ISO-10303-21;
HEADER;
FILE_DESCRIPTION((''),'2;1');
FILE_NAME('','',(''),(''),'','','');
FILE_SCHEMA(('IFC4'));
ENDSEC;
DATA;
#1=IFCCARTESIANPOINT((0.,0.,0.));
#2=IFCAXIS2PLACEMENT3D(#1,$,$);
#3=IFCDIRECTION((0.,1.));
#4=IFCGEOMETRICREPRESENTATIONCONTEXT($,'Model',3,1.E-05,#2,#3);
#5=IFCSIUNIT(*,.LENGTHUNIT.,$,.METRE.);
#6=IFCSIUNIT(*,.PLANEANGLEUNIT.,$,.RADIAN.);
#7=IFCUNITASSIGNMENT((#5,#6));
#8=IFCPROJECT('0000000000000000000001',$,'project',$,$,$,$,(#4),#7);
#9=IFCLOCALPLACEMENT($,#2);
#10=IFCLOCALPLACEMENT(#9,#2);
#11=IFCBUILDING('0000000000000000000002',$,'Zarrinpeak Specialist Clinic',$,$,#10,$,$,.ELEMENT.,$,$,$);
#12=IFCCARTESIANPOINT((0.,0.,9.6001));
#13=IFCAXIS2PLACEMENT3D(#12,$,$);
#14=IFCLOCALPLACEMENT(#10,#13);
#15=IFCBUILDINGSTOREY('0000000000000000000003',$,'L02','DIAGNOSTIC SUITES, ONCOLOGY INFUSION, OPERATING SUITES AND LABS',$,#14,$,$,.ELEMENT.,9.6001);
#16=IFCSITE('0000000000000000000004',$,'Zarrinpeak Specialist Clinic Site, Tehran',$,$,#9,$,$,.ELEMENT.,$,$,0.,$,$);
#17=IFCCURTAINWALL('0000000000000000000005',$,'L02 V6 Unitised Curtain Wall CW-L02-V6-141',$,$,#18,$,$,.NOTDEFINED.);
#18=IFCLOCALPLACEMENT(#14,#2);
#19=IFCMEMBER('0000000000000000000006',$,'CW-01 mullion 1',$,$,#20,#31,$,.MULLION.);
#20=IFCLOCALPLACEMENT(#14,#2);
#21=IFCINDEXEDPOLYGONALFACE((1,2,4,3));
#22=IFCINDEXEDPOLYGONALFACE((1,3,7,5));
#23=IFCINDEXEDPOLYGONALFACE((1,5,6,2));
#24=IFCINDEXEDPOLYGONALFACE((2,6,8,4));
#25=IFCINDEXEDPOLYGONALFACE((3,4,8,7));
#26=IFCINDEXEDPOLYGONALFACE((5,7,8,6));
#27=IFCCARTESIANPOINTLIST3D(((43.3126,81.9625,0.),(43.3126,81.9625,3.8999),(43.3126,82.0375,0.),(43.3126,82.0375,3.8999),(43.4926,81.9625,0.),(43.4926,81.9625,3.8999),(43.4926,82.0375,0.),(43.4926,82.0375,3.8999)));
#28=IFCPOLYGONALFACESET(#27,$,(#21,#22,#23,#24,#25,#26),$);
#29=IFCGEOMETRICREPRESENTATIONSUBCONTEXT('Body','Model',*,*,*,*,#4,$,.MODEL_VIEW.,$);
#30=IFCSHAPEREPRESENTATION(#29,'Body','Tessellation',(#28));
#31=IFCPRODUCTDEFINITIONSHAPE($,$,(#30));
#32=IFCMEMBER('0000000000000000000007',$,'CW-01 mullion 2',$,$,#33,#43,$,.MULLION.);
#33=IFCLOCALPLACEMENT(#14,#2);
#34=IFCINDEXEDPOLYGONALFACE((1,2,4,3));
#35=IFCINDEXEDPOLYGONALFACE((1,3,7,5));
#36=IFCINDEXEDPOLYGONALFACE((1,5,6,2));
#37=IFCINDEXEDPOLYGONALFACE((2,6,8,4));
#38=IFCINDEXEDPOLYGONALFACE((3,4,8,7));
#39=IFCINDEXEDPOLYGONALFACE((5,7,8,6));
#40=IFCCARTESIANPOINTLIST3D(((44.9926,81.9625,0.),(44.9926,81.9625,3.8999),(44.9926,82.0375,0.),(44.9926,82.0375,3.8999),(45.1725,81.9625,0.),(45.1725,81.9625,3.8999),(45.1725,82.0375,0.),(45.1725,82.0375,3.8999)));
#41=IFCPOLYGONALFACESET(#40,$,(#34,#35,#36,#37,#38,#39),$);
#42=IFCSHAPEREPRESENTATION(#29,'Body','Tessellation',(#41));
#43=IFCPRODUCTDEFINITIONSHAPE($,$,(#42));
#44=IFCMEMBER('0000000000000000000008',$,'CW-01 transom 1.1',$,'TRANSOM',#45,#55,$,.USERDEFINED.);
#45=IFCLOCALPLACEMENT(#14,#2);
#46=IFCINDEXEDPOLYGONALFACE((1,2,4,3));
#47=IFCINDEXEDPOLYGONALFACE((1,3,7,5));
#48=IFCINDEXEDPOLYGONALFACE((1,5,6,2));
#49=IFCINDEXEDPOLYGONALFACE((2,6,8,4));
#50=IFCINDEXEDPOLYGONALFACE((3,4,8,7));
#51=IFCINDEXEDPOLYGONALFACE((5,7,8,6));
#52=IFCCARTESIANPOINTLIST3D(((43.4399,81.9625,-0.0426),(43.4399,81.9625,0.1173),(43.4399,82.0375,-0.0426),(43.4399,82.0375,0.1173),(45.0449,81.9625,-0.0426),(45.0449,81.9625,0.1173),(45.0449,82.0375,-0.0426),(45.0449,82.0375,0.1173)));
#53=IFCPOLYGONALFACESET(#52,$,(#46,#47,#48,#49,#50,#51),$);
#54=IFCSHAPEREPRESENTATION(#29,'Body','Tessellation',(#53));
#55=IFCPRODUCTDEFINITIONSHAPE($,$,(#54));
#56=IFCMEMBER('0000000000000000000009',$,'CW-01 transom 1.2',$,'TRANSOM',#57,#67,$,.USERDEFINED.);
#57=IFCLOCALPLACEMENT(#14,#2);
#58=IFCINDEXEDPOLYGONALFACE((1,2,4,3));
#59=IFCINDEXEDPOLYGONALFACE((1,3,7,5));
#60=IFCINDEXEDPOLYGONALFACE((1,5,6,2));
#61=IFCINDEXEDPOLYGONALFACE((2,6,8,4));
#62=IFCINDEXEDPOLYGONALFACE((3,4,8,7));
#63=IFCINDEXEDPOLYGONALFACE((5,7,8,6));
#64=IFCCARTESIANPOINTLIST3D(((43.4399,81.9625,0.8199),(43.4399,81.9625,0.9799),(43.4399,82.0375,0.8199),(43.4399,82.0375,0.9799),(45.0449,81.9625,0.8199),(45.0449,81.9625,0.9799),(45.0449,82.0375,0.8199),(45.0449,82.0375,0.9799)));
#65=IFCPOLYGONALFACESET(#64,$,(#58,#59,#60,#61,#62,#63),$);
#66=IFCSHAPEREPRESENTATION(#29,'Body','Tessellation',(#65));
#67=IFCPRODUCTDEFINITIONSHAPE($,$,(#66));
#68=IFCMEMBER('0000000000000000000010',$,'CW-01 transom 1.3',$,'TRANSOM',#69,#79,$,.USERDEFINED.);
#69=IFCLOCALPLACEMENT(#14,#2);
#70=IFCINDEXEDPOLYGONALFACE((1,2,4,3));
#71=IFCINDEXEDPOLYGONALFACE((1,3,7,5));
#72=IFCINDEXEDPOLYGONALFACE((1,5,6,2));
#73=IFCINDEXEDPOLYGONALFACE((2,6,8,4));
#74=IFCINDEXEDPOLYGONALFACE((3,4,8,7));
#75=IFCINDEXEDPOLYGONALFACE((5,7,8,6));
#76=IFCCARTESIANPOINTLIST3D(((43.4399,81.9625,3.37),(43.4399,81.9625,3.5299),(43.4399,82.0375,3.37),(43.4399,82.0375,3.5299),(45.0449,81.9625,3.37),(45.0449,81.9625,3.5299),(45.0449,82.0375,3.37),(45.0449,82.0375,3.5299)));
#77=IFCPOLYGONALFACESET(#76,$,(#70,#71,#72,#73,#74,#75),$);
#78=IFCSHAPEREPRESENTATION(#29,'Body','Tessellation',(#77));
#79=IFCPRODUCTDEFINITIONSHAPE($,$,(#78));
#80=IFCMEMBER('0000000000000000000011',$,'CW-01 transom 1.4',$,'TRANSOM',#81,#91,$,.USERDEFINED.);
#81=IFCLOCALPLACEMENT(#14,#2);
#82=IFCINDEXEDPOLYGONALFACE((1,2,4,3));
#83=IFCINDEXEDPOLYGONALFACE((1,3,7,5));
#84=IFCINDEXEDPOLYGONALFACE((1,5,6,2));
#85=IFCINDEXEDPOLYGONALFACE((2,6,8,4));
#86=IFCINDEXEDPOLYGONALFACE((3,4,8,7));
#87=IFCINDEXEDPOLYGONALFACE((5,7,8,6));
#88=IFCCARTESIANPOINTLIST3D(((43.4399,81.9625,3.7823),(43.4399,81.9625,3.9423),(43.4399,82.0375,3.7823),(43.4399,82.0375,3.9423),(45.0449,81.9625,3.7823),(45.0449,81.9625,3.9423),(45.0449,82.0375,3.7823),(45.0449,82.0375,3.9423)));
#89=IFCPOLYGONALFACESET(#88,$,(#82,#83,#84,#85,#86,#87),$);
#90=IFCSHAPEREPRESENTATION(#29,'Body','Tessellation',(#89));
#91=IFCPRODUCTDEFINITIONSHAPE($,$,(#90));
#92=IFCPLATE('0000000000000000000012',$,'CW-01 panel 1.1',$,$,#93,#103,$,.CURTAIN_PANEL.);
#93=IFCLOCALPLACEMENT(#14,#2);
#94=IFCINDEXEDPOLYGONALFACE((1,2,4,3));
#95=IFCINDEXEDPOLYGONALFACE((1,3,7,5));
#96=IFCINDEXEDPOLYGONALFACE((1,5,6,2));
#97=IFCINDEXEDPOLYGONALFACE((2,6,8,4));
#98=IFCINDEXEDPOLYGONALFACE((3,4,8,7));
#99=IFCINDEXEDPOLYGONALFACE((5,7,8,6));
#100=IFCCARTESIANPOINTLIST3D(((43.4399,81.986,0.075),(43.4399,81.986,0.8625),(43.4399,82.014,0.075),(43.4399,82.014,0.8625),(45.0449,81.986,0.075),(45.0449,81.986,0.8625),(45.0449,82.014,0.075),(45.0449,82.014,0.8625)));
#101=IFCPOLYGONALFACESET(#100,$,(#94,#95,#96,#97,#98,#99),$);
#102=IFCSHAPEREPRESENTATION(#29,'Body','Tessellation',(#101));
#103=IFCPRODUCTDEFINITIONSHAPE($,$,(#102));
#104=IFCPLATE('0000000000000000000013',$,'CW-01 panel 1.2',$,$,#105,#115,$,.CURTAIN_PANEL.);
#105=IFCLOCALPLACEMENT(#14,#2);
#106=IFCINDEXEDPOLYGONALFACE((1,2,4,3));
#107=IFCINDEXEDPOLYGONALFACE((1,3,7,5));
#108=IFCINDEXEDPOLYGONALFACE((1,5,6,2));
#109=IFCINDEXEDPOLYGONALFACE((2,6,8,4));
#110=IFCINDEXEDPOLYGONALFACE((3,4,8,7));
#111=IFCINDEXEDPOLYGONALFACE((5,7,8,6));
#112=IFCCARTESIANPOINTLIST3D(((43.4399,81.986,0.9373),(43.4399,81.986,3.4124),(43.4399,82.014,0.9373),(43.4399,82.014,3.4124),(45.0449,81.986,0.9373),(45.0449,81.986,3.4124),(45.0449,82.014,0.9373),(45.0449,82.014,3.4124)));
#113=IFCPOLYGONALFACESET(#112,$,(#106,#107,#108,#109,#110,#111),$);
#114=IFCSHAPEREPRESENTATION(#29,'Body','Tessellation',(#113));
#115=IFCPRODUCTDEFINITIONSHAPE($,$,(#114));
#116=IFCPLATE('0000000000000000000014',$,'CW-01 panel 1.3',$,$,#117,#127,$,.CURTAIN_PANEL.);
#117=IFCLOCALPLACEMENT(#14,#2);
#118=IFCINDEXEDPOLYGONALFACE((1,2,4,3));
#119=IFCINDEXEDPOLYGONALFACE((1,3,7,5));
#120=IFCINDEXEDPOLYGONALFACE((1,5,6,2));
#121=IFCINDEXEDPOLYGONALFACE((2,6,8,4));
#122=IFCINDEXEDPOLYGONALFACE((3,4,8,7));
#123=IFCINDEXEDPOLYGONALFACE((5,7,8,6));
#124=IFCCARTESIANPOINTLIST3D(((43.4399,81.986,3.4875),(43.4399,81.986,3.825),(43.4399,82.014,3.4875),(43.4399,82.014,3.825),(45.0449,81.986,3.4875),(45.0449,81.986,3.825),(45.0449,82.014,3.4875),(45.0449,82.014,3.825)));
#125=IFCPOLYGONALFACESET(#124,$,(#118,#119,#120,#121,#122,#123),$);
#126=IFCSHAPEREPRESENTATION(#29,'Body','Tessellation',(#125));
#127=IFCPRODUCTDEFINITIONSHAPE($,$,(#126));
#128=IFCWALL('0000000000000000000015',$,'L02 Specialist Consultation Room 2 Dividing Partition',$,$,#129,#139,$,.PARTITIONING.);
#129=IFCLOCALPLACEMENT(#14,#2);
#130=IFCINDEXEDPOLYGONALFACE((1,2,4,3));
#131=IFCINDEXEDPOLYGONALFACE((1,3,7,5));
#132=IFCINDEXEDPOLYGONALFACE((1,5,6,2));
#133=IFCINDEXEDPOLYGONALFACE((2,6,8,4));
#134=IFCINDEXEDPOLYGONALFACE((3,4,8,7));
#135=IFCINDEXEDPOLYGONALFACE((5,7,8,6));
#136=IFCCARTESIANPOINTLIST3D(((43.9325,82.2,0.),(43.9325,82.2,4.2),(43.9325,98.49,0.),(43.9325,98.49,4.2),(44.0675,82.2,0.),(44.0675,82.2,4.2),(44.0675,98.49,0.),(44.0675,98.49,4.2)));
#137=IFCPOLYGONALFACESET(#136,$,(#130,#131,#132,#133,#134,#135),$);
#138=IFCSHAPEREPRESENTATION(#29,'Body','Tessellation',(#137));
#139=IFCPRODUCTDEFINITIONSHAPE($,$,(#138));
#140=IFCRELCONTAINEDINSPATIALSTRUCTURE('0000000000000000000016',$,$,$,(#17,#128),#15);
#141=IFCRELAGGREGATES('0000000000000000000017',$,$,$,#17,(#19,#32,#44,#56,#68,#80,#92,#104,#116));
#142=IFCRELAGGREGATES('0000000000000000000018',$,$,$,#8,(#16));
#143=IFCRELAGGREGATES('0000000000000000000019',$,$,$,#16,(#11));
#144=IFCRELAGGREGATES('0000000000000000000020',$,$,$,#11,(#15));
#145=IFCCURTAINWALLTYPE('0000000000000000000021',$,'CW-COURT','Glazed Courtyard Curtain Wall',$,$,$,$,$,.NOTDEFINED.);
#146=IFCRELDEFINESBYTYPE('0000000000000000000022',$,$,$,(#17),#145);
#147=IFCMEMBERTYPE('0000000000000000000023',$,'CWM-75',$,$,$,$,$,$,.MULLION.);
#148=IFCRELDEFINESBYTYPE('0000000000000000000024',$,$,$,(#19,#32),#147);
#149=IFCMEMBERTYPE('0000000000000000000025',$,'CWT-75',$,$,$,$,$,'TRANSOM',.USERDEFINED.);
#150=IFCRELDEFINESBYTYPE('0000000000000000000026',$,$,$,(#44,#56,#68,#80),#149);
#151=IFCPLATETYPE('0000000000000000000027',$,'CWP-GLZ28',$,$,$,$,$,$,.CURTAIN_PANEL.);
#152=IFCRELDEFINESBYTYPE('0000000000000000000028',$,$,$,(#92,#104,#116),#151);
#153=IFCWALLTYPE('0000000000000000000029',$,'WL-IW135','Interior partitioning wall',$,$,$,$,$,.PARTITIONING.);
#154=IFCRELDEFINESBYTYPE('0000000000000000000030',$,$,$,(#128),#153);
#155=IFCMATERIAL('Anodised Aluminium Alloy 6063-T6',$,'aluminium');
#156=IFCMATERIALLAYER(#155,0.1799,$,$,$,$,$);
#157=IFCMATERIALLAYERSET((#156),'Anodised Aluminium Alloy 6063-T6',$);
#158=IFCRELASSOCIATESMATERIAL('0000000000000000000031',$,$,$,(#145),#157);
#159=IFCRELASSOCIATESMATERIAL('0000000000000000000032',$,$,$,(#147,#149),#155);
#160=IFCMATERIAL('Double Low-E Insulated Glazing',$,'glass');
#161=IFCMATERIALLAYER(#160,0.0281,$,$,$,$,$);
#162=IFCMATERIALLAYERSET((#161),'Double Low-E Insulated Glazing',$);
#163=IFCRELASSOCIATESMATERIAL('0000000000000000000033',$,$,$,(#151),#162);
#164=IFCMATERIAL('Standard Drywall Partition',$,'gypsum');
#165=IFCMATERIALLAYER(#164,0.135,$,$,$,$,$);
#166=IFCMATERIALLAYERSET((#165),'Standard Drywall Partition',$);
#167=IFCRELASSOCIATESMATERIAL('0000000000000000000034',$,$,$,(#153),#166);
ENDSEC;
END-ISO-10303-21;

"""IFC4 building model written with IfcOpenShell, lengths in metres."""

from ifc_helpers import new_model, si_unit, direction, frame, frame_2d, origin, origin_2d, place, context, subcontext, project, spatial, rectangle, extrude, material, layer, layer_set, material_profile, profile_set, type_object, element, aggregate, save


model = new_model("IFC4")

# Units and contexts
model_context = context("Model", 3, precision=1e-05, world=origin(), true_north=direction((0.0, 1.0)))
body_context = subcontext(model_context, "Body", "Model", "MODEL_VIEW")
ifc_project = project(units=[si_unit("LENGTHUNIT", "METRE"), si_unit("PLANEANGLEUNIT", "RADIAN")], contexts=[model_context])

# Site, building, storey
site_placement = place(None, origin())
site = spatial("IfcSite", under=ifc_project, at=site_placement, Name="Zarrinpeak Specialist Clinic Site, Tehran", CompositionType="ELEMENT", RefElevation=0.0)
building_placement = place(site_placement, origin())
building = spatial("IfcBuilding", under=site, at=building_placement, Name="Zarrinpeak Specialist Clinic", CompositionType="ELEMENT")
storey_placement = place(building_placement, frame((0.0, 0.0, 9.6001)))
storey = spatial("IfcBuildingStorey", under=building, at=storey_placement, Name="L02", Description="DIAGNOSTIC SUITES, ONCOLOGY INFUSION, OPERATING SUITES AND LABS", CompositionType="ELEMENT", Elevation=9.6001)

# Curtain wall, members, plates
ifc_material_1 = material(Name="Anodised Aluminium Alloy 6063-T6", Category="aluminium")
ifc_layer_1 = layer(ifc_material_1, 0.1799)
ifc_layer_set_1 = layer_set([ifc_layer_1], Name="Anodised Aluminium Alloy 6063-T6")
curtain_wall_type = type_object("IfcCurtainWallType", Name="CW-COURT", Description="Glazed Courtyard Curtain Wall", PredefinedType="NOTDEFINED", material=ifc_layer_set_1)
curtain_wall_placement = place(storey_placement, origin())
curtain_wall = element("IfcCurtainWall", 1, at=curtain_wall_placement, inside=storey, type_object=curtain_wall_type, Name="L02 V6 Unitised Curtain Wall CW-L02-V6-141", PredefinedType="NOTDEFINED")
ifc_material_profile_1 = material_profile(ifc_material_1, rectangle(XDim=0.075, YDim=0.1799, at=origin_2d()), Name="ALU 75x180")
ifc_profile_set_1 = profile_set([ifc_material_profile_1], Name="Anodised Aluminium Alloy 6063-T6")
member_type_1 = type_object("IfcMemberType", Name="CWM-75", PredefinedType="MULLION", material=ifc_profile_set_1)
member_1_placement = place(storey_placement, frame((43.4026, 82.0, 0.0), z_axis=(0.0, 0.0, 1.0), x_axis=(0.0, 1.0, 0.0)))
member_1 = element("IfcMember", 2, at=member_1_placement, type_object=member_type_1, Name="CW-01 mullion 1", PredefinedType="MULLION", context=body_context, shape_type="SweptSolid", body=[
    extrude(rectangle(XDim=0.075, YDim=0.1799, at=origin_2d()), origin(), (0.0, 0.0, 1.0), 3.8999),
])
member_2_placement = place(storey_placement, frame((45.0825, 82.0, 0.0), z_axis=(0.0, 0.0, 1.0), x_axis=(0.0, 1.0, 0.0)))
member_2 = element("IfcMember", 3, at=member_2_placement, type_object=member_type_1, Name="CW-01 mullion 2", PredefinedType="MULLION", context=body_context, shape_type="SweptSolid", body=[
    extrude(rectangle(XDim=0.075, YDim=0.1799, at=origin_2d()), origin(), (0.0, 0.0, 1.0), 3.8999),
])
ifc_material_profile_2 = material_profile(ifc_material_1, rectangle(XDim=0.075, YDim=0.1599, at=origin_2d()), Name="ALU 75x160")
ifc_profile_set_2 = profile_set([ifc_material_profile_2], Name="Anodised Aluminium Alloy 6063-T6")
member_type_2 = type_object("IfcMemberType", Name="CWT-75", ElementType="TRANSOM", PredefinedType="USERDEFINED", material=ifc_profile_set_2)
member_3_placement = place(storey_placement, frame((43.4399, 82.0, 0.0374), z_axis=(1.0, 0.0, 0.0), x_axis=(0.0, 1.0, 0.0)))
member_3 = element("IfcMember", 4, at=member_3_placement, type_object=member_type_2, Name="CW-01 transom 1.1", ObjectType="TRANSOM", PredefinedType="USERDEFINED", context=body_context, shape_type="SweptSolid", body=[
    extrude(rectangle(XDim=0.075, YDim=0.1599, at=origin_2d()), origin(), (0.0, 0.0, 1.0), 1.605),
])
member_4_placement = place(storey_placement, frame((43.4399, 82.0, 0.8999), z_axis=(1.0, 0.0, 0.0), x_axis=(0.0, 1.0, 0.0)))
member_4 = element("IfcMember", 5, at=member_4_placement, type_object=member_type_2, Name="CW-01 transom 1.2", ObjectType="TRANSOM", PredefinedType="USERDEFINED", context=body_context, shape_type="SweptSolid", body=[
    extrude(rectangle(XDim=0.075, YDim=0.1599, at=origin_2d()), origin(), (0.0, 0.0, 1.0), 1.605),
])
member_5_placement = place(storey_placement, frame((43.4399, 82.0, 3.45), z_axis=(1.0, 0.0, 0.0), x_axis=(0.0, 1.0, 0.0)))
member_5 = element("IfcMember", 6, at=member_5_placement, type_object=member_type_2, Name="CW-01 transom 1.3", ObjectType="TRANSOM", PredefinedType="USERDEFINED", context=body_context, shape_type="SweptSolid", body=[
    extrude(rectangle(XDim=0.075, YDim=0.1599, at=origin_2d()), origin(), (0.0, 0.0, 1.0), 1.605),
])
member_6_placement = place(storey_placement, frame((43.4399, 82.0, 3.8623), z_axis=(1.0, 0.0, 0.0), x_axis=(0.0, 1.0, 0.0)))
member_6 = element("IfcMember", 7, at=member_6_placement, type_object=member_type_2, Name="CW-01 transom 1.4", ObjectType="TRANSOM", PredefinedType="USERDEFINED", context=body_context, shape_type="SweptSolid", body=[
    extrude(rectangle(XDim=0.075, YDim=0.1599, at=origin_2d()), origin(), (0.0, 0.0, 1.0), 1.605),
])
ifc_material_2 = material(Name="Double Low-E Insulated Glazing", Category="glass")
ifc_layer_2 = layer(ifc_material_2, 0.0281)
ifc_layer_set_2 = layer_set([ifc_layer_2], Name="Double Low-E Insulated Glazing")
plate_type = type_object("IfcPlateType", Name="CWP-GLZ28", PredefinedType="CURTAIN_PANEL", material=ifc_layer_set_2)
plate_1_placement = place(storey_placement, frame((44.2424, 82.0, 0.075), z_axis=(0.0, 0.0, 1.0), x_axis=(1.0, 0.0, 0.0)))
plate_1 = element("IfcPlate", 8, at=plate_1_placement, type_object=plate_type, Name="CW-01 panel 1.1", PredefinedType="CURTAIN_PANEL", context=body_context, shape_type="SweptSolid", body=[
    extrude(rectangle(XDim=1.605, YDim=0.0281, at=origin_2d()), origin(), (0.0, 0.0, 1.0), 0.7876),
])
plate_2_placement = place(storey_placement, frame((44.2424, 82.0, 0.9373), z_axis=(0.0, 0.0, 1.0), x_axis=(1.0, 0.0, 0.0)))
plate_2 = element("IfcPlate", 9, at=plate_2_placement, type_object=plate_type, Name="CW-01 panel 1.2", PredefinedType="CURTAIN_PANEL", context=body_context, shape_type="SweptSolid", body=[
    extrude(rectangle(XDim=1.605, YDim=0.0281, at=origin_2d()), origin(), (0.0, 0.0, 1.0), 2.4751),
])
plate_3_placement = place(storey_placement, frame((44.2424, 82.0, 3.4875), z_axis=(0.0, 0.0, 1.0), x_axis=(1.0, 0.0, 0.0)))
plate_3 = element("IfcPlate", 10, at=plate_3_placement, type_object=plate_type, Name="CW-01 panel 1.3", PredefinedType="CURTAIN_PANEL", context=body_context, shape_type="SweptSolid", body=[
    extrude(rectangle(XDim=1.605, YDim=0.0281, at=origin_2d()), origin(), (0.0, 0.0, 1.0), 0.3374),
])
aggregate(curtain_wall, [member_1, member_2, member_3, member_4, member_5, member_6, plate_1, plate_2, plate_3])

# Wall
ifc_material_3 = material(Name="Standard Drywall Partition", Category="gypsum")
ifc_layer_3 = layer(ifc_material_3, 0.135)
ifc_layer_set_3 = layer_set([ifc_layer_3], Name="Standard Drywall Partition")
wall_type = type_object("IfcWallType", Name="WL-IW135", Description="Interior partitioning wall", PredefinedType="PARTITIONING", material=ifc_layer_set_3)
wall_placement = place(storey_placement, frame((44.0, 82.2, 0.0), z_axis=(0.0, 0.0, 1.0), x_axis=(0.0, 1.0, 0.0)))
element("IfcWall", 11, at=wall_placement, inside=storey, type_object=wall_type, Name="L02 Specialist Consultation Room 2 Dividing Partition", PredefinedType="PARTITIONING", context=body_context, shape_type="SweptSolid", body=[
    extrude(rectangle(XDim=16.29, YDim=0.135, at=frame_2d((8.145, 0.0))), origin(), (0.0, 0.0, 1.0), 4.2),
])

save(model, "model.ifc")
